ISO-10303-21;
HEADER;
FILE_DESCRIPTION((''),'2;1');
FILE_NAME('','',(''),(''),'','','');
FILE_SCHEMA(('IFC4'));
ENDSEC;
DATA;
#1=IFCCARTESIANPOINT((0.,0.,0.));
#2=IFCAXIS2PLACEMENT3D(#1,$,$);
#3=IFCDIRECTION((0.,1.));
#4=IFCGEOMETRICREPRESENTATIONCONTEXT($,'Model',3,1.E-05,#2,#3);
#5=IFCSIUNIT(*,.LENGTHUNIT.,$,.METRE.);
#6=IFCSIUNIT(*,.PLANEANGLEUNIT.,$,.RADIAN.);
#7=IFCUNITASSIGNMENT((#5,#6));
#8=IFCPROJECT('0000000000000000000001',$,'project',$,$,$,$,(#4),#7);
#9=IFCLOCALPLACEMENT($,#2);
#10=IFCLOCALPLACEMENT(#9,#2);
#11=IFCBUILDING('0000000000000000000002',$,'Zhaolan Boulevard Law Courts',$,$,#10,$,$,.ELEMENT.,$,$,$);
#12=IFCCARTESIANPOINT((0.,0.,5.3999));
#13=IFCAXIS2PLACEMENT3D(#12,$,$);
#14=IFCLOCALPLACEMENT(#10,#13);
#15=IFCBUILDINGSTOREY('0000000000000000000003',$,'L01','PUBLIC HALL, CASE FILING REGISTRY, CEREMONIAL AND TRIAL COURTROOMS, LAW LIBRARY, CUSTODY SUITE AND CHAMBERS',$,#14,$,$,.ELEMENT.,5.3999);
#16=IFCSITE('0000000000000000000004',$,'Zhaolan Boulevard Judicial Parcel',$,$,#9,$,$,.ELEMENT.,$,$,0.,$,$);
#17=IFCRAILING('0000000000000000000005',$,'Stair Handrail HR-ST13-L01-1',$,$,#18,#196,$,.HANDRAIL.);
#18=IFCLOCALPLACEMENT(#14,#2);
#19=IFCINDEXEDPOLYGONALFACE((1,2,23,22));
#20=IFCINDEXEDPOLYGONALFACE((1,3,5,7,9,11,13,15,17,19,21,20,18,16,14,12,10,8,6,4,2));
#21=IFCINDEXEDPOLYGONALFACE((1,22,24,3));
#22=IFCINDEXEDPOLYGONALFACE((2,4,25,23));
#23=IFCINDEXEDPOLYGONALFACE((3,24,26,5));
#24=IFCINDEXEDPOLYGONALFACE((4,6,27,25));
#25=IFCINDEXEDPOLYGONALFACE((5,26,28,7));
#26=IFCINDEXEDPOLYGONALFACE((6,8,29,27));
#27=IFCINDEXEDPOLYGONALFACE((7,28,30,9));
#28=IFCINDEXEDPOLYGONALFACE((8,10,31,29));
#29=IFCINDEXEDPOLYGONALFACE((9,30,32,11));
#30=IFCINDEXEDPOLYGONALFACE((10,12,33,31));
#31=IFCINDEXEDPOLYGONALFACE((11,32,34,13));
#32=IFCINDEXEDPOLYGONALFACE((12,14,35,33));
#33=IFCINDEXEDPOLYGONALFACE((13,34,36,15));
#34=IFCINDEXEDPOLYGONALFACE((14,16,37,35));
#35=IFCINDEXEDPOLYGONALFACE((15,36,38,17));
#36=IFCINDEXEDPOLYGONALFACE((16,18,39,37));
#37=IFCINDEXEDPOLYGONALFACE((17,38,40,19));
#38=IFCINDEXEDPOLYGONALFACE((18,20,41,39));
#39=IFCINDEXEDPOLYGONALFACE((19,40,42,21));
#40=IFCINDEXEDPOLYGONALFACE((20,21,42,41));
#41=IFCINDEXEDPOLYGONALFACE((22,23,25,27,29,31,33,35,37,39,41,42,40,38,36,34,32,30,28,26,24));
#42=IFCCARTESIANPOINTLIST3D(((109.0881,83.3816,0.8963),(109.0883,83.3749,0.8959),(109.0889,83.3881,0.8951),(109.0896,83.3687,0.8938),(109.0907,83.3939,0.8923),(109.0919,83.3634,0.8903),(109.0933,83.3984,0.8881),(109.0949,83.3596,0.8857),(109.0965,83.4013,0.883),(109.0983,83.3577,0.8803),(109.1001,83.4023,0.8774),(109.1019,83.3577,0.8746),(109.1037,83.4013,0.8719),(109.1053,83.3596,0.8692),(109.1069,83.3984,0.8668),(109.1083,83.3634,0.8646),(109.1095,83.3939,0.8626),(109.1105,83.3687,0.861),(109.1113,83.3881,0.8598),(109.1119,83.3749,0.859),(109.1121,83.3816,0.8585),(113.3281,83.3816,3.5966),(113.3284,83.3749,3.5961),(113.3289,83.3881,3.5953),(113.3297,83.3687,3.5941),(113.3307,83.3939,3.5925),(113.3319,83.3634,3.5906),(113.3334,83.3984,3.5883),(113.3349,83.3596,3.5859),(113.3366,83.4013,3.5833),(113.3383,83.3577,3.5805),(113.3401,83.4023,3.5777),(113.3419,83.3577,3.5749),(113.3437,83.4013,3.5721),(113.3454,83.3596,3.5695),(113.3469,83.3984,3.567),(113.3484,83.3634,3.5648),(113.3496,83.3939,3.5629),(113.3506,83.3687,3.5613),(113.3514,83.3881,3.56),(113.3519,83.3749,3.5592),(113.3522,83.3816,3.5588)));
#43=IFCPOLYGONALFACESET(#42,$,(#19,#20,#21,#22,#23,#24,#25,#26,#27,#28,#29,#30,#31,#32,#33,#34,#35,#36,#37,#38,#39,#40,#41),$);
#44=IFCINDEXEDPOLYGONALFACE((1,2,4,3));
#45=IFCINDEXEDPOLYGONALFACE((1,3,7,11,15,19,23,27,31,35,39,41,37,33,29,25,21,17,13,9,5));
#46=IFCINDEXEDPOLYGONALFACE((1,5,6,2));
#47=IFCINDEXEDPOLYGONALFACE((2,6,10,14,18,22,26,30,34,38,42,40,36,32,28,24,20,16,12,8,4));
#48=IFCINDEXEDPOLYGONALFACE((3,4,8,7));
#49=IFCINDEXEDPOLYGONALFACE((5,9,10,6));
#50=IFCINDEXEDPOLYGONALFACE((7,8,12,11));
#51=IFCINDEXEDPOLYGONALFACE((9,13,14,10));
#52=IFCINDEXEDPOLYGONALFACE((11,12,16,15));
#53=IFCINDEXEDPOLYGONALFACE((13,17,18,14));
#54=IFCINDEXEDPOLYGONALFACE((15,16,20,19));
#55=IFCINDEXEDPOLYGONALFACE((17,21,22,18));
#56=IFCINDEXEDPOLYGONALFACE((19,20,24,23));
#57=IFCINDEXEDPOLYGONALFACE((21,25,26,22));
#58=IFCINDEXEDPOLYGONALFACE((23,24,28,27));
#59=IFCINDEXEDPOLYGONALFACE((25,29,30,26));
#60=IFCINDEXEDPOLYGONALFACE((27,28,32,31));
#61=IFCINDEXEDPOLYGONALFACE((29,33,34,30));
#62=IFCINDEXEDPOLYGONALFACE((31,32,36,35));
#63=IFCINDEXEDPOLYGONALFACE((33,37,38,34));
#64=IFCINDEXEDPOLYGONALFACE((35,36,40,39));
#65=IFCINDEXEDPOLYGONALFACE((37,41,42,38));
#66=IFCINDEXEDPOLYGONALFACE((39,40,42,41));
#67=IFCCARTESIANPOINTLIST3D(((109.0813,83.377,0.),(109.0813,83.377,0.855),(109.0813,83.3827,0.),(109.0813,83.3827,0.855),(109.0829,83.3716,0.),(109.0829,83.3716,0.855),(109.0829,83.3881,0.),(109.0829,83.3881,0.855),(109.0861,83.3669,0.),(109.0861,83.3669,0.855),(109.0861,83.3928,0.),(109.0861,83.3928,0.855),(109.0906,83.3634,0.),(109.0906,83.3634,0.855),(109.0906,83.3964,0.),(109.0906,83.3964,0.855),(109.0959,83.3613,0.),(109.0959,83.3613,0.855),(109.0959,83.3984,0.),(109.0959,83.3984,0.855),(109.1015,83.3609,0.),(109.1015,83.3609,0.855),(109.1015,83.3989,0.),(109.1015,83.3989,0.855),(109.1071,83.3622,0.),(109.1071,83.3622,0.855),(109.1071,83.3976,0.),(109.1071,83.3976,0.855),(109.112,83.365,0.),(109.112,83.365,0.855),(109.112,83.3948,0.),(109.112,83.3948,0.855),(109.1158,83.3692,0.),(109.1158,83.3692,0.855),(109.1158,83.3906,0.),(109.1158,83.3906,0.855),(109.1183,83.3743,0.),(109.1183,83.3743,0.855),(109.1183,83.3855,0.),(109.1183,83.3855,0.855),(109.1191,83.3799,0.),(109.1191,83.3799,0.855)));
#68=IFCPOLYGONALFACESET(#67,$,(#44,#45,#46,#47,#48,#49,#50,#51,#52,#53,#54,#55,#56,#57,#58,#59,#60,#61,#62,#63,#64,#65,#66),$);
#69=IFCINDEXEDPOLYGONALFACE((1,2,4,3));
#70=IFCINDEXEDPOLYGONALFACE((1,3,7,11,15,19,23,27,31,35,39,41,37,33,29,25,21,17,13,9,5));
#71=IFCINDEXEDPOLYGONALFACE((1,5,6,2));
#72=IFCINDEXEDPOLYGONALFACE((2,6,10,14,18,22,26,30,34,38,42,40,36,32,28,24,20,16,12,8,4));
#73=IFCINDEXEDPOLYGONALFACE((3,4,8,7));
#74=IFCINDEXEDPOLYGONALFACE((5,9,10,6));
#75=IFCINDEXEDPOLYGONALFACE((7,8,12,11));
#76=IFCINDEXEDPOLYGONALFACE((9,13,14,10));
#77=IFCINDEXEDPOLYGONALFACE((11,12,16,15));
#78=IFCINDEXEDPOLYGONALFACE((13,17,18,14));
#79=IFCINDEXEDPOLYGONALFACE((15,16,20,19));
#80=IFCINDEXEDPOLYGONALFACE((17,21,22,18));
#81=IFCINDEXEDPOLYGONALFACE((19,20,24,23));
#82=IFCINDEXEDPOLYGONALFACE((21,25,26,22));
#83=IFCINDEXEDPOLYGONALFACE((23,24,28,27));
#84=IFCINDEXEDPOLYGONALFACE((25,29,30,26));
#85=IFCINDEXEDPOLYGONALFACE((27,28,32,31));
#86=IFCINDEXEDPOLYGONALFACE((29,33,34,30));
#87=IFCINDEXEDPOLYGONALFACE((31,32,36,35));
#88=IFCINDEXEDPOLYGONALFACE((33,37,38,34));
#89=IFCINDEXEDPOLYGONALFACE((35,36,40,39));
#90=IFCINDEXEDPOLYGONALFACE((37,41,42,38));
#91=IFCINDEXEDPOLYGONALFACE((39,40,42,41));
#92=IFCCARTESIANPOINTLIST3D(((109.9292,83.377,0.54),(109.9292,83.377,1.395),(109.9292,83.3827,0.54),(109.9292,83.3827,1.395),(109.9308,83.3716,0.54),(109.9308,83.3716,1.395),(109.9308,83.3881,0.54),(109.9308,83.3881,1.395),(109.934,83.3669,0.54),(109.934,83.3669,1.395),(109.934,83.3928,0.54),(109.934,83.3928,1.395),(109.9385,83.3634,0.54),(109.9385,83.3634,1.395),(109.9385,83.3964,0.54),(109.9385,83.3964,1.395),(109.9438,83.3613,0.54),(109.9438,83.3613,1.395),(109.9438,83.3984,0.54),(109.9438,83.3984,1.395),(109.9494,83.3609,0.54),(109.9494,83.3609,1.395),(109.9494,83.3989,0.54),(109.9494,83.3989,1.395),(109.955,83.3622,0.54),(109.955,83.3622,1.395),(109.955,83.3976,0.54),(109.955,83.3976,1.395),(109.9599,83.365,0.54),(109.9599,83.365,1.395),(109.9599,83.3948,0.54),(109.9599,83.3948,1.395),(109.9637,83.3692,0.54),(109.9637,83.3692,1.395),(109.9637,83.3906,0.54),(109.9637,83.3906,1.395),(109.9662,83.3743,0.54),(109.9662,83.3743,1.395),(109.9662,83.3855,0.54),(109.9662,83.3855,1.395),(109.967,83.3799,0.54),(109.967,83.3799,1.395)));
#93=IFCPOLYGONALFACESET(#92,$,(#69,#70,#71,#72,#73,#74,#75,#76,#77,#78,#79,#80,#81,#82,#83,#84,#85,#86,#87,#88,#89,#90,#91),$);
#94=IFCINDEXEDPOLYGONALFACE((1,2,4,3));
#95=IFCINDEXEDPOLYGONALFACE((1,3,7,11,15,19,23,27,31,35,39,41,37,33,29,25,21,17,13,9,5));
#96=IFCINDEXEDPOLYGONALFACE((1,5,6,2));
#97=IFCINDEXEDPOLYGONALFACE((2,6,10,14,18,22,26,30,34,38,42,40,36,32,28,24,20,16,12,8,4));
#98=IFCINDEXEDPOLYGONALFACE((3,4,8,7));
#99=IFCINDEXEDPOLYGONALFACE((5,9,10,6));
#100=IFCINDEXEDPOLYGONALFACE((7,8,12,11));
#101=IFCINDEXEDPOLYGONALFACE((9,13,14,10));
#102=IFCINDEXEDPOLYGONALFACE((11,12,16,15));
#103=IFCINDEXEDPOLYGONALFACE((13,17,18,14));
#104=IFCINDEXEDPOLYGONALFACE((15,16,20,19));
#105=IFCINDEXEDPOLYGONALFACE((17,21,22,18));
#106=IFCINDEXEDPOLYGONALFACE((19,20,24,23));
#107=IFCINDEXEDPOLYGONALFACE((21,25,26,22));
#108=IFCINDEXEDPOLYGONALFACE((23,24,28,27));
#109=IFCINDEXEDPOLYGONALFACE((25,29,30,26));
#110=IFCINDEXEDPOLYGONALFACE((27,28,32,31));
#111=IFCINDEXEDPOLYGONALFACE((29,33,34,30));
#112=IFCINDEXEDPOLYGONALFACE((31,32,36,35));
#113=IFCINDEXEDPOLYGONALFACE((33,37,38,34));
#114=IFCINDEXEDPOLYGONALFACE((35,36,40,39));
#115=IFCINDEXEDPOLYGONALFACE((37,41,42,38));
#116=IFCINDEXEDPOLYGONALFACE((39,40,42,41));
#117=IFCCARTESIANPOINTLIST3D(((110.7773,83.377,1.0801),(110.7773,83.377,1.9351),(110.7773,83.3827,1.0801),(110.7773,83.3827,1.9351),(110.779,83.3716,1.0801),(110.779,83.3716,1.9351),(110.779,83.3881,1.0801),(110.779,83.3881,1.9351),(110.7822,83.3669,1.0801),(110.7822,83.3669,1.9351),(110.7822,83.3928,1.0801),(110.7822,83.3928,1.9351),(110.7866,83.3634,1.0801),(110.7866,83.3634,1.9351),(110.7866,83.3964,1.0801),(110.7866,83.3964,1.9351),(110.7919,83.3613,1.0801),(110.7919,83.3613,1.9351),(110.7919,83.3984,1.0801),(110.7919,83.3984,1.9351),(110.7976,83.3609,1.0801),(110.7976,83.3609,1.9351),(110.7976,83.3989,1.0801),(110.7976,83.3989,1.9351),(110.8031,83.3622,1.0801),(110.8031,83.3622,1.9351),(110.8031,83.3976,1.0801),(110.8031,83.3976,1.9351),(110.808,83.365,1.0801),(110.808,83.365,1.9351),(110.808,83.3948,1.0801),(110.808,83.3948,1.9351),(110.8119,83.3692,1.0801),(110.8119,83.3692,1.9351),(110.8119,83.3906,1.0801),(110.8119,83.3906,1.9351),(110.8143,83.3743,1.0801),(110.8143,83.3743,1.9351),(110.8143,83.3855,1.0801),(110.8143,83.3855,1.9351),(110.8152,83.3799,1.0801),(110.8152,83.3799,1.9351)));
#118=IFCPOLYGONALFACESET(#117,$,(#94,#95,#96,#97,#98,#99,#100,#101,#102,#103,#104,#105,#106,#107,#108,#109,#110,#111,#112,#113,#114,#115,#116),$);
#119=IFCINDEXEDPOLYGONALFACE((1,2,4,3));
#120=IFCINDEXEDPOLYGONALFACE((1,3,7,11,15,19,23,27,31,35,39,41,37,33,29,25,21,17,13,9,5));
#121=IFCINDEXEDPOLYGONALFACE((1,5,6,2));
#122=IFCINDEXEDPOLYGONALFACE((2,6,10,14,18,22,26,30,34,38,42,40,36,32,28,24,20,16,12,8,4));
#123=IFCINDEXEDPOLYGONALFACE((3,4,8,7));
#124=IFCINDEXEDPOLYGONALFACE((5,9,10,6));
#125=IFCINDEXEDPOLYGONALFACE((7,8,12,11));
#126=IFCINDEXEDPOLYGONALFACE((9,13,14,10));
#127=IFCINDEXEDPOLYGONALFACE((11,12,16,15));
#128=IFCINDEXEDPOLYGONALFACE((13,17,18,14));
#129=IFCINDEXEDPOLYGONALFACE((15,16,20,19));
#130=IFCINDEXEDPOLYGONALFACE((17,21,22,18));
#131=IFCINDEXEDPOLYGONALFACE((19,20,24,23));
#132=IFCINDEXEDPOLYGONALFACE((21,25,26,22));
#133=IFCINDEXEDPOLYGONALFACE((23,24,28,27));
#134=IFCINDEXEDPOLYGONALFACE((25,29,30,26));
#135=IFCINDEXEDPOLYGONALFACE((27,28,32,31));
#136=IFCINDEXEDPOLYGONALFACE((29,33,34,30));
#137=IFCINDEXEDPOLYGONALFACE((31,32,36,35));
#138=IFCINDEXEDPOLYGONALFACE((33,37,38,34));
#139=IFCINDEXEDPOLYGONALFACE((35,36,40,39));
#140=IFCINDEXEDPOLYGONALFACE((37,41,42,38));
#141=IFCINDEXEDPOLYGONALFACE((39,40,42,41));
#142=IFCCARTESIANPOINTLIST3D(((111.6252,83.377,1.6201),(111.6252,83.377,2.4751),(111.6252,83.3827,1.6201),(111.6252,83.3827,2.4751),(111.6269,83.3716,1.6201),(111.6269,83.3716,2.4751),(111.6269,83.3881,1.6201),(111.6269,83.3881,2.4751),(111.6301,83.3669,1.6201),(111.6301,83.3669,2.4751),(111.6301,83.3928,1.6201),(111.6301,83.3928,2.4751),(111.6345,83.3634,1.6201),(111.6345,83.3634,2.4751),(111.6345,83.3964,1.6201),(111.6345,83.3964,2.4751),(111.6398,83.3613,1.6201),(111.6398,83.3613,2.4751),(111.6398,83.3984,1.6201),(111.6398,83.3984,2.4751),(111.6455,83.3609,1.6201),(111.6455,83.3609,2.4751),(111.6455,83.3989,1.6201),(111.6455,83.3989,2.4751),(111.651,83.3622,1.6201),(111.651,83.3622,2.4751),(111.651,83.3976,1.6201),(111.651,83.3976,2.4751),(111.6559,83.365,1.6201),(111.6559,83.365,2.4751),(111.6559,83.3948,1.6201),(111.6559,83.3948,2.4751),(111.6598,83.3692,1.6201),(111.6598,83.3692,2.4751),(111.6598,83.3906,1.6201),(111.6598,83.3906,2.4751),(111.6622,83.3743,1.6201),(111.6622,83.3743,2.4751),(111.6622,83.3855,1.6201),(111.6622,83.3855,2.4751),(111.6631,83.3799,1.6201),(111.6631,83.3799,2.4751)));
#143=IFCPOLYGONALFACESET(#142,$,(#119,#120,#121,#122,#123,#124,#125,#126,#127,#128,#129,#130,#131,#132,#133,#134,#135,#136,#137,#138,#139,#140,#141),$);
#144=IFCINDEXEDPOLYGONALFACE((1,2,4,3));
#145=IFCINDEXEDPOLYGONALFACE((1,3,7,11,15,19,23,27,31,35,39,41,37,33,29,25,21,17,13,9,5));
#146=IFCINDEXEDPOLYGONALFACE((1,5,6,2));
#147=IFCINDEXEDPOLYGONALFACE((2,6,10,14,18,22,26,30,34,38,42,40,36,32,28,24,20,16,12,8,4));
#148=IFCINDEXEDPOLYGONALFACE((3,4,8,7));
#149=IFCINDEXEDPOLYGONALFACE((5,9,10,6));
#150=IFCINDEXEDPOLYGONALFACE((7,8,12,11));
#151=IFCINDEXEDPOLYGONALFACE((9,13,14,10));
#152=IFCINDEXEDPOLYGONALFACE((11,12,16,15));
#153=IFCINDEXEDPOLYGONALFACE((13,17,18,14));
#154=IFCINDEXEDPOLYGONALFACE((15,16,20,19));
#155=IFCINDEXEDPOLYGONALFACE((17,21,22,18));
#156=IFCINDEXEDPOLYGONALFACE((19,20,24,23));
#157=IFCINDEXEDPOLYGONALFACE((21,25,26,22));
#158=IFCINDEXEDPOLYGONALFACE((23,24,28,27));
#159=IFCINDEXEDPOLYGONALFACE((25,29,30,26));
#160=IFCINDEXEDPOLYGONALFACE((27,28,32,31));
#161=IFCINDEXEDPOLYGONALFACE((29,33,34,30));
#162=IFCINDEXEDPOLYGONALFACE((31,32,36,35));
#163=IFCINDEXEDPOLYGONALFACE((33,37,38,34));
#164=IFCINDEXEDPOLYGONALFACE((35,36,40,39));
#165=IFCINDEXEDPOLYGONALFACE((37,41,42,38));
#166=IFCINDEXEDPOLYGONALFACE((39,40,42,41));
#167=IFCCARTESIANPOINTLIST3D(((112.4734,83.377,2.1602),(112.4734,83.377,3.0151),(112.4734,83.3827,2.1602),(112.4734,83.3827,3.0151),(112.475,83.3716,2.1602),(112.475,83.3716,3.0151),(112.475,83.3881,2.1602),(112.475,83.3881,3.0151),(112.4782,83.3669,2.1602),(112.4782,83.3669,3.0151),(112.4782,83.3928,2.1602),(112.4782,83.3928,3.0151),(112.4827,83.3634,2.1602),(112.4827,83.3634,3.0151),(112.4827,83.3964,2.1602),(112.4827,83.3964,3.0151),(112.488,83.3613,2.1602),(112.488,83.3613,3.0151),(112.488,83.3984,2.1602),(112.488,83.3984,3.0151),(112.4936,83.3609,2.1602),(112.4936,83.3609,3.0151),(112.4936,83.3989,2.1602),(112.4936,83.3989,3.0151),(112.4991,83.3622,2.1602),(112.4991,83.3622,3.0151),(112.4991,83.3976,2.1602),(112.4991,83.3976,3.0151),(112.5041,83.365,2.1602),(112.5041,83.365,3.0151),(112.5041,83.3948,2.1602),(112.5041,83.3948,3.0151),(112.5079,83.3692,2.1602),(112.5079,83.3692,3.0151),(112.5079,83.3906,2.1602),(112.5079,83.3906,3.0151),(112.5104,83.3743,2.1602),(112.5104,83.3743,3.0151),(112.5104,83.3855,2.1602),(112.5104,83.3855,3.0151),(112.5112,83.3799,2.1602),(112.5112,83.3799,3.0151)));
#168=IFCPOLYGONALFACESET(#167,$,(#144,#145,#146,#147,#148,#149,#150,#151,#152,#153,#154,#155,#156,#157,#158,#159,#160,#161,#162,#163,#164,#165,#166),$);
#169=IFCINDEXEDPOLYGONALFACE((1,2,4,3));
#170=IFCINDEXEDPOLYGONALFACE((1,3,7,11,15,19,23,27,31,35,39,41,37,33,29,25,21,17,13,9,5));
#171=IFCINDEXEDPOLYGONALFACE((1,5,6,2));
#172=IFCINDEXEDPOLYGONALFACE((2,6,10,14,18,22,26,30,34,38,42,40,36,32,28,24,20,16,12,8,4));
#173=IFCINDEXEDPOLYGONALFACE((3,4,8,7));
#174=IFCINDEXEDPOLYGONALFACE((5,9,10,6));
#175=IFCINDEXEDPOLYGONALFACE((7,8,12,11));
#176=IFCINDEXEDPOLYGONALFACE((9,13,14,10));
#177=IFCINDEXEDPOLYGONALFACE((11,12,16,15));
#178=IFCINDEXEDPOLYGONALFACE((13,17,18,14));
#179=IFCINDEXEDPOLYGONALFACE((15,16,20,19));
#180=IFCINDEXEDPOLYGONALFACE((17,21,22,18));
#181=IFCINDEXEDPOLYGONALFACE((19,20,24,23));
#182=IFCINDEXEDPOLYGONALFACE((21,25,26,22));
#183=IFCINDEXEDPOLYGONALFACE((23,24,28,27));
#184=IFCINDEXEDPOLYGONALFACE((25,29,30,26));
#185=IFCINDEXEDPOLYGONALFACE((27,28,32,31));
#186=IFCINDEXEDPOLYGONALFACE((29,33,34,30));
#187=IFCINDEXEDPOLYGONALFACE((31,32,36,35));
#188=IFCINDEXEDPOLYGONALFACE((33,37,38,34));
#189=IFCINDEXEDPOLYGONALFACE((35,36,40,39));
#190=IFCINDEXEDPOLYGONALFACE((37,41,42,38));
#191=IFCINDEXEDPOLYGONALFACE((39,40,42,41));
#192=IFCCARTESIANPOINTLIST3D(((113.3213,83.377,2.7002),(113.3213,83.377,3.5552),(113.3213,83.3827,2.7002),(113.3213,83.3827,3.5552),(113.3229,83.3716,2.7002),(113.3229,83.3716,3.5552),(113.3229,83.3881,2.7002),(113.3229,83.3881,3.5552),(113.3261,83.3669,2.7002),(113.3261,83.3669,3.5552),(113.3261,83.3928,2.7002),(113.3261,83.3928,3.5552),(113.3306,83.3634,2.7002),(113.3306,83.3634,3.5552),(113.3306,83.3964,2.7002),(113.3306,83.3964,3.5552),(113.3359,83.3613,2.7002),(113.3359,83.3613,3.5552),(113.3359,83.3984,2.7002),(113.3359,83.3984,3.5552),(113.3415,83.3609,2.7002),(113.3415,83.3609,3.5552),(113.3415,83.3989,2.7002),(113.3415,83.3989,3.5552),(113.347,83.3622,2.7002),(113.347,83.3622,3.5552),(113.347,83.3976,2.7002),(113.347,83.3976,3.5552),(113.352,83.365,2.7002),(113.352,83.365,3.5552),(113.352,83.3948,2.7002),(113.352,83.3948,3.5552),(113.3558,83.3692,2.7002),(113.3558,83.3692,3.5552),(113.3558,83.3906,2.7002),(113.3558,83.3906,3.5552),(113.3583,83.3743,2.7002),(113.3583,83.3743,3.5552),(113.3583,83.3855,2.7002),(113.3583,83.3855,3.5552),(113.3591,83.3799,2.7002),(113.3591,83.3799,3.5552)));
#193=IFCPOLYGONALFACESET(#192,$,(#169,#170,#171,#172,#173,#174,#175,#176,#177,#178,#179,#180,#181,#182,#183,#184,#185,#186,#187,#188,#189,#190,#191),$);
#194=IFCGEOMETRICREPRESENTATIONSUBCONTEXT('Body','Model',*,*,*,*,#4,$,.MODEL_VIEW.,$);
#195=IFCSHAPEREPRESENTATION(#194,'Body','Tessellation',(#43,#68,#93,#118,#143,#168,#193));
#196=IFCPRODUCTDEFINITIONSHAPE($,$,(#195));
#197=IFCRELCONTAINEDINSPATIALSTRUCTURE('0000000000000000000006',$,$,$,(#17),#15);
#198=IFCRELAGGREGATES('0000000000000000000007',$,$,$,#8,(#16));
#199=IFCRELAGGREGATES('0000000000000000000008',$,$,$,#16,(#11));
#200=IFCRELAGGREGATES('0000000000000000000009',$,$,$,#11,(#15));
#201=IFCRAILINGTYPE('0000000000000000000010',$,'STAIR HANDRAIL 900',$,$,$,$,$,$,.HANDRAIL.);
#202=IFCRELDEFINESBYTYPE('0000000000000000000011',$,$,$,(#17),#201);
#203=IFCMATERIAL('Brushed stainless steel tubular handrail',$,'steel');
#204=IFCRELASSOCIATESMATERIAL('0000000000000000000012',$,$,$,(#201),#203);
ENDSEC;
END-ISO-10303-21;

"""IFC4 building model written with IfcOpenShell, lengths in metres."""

from ifc_helpers import new_model, si_unit, direction, frame, origin, origin_2d, place, context, subcontext, project, spatial, circle, extrude, material, type_object, element, save


model = new_model("IFC4")

# Units and contexts
model_context = context("Model", 3, precision=1e-05, world=origin(), true_north=direction((0.0, 1.0)))
body_context = subcontext(model_context, "Body", "Model", "MODEL_VIEW")
ifc_project = project(units=[si_unit("LENGTHUNIT", "METRE"), si_unit("PLANEANGLEUNIT", "RADIAN")], contexts=[model_context])

# Site, building, storey
site_placement = place(None, origin())
site = spatial("IfcSite", under=ifc_project, at=site_placement, Name="Zhaolan Boulevard Judicial Parcel", CompositionType="ELEMENT", RefElevation=0.0)
building_placement = place(site_placement, origin())
building = spatial("IfcBuilding", under=site, at=building_placement, Name="Zhaolan Boulevard Law Courts", CompositionType="ELEMENT")
storey_placement = place(building_placement, frame((0.0, 0.0, 5.3999)))
storey = spatial("IfcBuildingStorey", under=building, at=storey_placement, Name="L01", Description="PUBLIC HALL, CASE FILING REGISTRY, CEREMONIAL AND TRIAL COURTROOMS, LAW LIBRARY, CUSTODY SUITE AND CHAMBERS", CompositionType="ELEMENT", Elevation=5.3999)

# Railing
ifc_material_1 = material(Name="Brushed stainless steel tubular handrail", Category="steel")
railing_type_1 = type_object("IfcRailingType", Name="STAIR HANDRAIL 900", PredefinedType="HANDRAIL", material=ifc_material_1)
railing_1_placement = place(storey_placement, frame((109.1001, 83.3799, 0.0)))
element("IfcRailing", 1, at=railing_1_placement, inside=storey, type_object=railing_type_1, Name="Stair Handrail HR-ST13-L01-1", PredefinedType="HANDRAIL", context=body_context, shape_type="SweptSolid", body=[
    extrude(circle(Radius=0.0225, at=origin_2d()), frame((0.0, 0.0, 0.8774), z_axis=(0.843479, 0.0, 0.537161), x_axis=(0.0, 1.0, 0.0)), (0.0, 0.0, 1.0), 5.0269),
    extrude(circle(Radius=0.019, at=origin_2d()), origin(), (0.0, 0.0, 1.0), 0.855),
    extrude(circle(Radius=0.019, at=origin_2d()), frame((0.8479, 0.0, 0.54)), (0.0, 0.0, 1.0), 0.855),
    extrude(circle(Radius=0.019, at=origin_2d()), frame((1.696, 0.0, 1.0801)), (0.0, 0.0, 1.0), 0.855),
    extrude(circle(Radius=0.019, at=origin_2d()), frame((2.5439, 0.0, 1.6201)), (0.0, 0.0, 1.0), 0.855),
    extrude(circle(Radius=0.019, at=origin_2d()), frame((3.3921, 0.0, 2.1602)), (0.0, 0.0, 1.0), 0.855),
    extrude(circle(Radius=0.019, at=origin_2d()), frame((4.24, 0.0, 2.7002)), (0.0, 0.0, 1.0), 0.855),
])

save(model, "model.ifc")
